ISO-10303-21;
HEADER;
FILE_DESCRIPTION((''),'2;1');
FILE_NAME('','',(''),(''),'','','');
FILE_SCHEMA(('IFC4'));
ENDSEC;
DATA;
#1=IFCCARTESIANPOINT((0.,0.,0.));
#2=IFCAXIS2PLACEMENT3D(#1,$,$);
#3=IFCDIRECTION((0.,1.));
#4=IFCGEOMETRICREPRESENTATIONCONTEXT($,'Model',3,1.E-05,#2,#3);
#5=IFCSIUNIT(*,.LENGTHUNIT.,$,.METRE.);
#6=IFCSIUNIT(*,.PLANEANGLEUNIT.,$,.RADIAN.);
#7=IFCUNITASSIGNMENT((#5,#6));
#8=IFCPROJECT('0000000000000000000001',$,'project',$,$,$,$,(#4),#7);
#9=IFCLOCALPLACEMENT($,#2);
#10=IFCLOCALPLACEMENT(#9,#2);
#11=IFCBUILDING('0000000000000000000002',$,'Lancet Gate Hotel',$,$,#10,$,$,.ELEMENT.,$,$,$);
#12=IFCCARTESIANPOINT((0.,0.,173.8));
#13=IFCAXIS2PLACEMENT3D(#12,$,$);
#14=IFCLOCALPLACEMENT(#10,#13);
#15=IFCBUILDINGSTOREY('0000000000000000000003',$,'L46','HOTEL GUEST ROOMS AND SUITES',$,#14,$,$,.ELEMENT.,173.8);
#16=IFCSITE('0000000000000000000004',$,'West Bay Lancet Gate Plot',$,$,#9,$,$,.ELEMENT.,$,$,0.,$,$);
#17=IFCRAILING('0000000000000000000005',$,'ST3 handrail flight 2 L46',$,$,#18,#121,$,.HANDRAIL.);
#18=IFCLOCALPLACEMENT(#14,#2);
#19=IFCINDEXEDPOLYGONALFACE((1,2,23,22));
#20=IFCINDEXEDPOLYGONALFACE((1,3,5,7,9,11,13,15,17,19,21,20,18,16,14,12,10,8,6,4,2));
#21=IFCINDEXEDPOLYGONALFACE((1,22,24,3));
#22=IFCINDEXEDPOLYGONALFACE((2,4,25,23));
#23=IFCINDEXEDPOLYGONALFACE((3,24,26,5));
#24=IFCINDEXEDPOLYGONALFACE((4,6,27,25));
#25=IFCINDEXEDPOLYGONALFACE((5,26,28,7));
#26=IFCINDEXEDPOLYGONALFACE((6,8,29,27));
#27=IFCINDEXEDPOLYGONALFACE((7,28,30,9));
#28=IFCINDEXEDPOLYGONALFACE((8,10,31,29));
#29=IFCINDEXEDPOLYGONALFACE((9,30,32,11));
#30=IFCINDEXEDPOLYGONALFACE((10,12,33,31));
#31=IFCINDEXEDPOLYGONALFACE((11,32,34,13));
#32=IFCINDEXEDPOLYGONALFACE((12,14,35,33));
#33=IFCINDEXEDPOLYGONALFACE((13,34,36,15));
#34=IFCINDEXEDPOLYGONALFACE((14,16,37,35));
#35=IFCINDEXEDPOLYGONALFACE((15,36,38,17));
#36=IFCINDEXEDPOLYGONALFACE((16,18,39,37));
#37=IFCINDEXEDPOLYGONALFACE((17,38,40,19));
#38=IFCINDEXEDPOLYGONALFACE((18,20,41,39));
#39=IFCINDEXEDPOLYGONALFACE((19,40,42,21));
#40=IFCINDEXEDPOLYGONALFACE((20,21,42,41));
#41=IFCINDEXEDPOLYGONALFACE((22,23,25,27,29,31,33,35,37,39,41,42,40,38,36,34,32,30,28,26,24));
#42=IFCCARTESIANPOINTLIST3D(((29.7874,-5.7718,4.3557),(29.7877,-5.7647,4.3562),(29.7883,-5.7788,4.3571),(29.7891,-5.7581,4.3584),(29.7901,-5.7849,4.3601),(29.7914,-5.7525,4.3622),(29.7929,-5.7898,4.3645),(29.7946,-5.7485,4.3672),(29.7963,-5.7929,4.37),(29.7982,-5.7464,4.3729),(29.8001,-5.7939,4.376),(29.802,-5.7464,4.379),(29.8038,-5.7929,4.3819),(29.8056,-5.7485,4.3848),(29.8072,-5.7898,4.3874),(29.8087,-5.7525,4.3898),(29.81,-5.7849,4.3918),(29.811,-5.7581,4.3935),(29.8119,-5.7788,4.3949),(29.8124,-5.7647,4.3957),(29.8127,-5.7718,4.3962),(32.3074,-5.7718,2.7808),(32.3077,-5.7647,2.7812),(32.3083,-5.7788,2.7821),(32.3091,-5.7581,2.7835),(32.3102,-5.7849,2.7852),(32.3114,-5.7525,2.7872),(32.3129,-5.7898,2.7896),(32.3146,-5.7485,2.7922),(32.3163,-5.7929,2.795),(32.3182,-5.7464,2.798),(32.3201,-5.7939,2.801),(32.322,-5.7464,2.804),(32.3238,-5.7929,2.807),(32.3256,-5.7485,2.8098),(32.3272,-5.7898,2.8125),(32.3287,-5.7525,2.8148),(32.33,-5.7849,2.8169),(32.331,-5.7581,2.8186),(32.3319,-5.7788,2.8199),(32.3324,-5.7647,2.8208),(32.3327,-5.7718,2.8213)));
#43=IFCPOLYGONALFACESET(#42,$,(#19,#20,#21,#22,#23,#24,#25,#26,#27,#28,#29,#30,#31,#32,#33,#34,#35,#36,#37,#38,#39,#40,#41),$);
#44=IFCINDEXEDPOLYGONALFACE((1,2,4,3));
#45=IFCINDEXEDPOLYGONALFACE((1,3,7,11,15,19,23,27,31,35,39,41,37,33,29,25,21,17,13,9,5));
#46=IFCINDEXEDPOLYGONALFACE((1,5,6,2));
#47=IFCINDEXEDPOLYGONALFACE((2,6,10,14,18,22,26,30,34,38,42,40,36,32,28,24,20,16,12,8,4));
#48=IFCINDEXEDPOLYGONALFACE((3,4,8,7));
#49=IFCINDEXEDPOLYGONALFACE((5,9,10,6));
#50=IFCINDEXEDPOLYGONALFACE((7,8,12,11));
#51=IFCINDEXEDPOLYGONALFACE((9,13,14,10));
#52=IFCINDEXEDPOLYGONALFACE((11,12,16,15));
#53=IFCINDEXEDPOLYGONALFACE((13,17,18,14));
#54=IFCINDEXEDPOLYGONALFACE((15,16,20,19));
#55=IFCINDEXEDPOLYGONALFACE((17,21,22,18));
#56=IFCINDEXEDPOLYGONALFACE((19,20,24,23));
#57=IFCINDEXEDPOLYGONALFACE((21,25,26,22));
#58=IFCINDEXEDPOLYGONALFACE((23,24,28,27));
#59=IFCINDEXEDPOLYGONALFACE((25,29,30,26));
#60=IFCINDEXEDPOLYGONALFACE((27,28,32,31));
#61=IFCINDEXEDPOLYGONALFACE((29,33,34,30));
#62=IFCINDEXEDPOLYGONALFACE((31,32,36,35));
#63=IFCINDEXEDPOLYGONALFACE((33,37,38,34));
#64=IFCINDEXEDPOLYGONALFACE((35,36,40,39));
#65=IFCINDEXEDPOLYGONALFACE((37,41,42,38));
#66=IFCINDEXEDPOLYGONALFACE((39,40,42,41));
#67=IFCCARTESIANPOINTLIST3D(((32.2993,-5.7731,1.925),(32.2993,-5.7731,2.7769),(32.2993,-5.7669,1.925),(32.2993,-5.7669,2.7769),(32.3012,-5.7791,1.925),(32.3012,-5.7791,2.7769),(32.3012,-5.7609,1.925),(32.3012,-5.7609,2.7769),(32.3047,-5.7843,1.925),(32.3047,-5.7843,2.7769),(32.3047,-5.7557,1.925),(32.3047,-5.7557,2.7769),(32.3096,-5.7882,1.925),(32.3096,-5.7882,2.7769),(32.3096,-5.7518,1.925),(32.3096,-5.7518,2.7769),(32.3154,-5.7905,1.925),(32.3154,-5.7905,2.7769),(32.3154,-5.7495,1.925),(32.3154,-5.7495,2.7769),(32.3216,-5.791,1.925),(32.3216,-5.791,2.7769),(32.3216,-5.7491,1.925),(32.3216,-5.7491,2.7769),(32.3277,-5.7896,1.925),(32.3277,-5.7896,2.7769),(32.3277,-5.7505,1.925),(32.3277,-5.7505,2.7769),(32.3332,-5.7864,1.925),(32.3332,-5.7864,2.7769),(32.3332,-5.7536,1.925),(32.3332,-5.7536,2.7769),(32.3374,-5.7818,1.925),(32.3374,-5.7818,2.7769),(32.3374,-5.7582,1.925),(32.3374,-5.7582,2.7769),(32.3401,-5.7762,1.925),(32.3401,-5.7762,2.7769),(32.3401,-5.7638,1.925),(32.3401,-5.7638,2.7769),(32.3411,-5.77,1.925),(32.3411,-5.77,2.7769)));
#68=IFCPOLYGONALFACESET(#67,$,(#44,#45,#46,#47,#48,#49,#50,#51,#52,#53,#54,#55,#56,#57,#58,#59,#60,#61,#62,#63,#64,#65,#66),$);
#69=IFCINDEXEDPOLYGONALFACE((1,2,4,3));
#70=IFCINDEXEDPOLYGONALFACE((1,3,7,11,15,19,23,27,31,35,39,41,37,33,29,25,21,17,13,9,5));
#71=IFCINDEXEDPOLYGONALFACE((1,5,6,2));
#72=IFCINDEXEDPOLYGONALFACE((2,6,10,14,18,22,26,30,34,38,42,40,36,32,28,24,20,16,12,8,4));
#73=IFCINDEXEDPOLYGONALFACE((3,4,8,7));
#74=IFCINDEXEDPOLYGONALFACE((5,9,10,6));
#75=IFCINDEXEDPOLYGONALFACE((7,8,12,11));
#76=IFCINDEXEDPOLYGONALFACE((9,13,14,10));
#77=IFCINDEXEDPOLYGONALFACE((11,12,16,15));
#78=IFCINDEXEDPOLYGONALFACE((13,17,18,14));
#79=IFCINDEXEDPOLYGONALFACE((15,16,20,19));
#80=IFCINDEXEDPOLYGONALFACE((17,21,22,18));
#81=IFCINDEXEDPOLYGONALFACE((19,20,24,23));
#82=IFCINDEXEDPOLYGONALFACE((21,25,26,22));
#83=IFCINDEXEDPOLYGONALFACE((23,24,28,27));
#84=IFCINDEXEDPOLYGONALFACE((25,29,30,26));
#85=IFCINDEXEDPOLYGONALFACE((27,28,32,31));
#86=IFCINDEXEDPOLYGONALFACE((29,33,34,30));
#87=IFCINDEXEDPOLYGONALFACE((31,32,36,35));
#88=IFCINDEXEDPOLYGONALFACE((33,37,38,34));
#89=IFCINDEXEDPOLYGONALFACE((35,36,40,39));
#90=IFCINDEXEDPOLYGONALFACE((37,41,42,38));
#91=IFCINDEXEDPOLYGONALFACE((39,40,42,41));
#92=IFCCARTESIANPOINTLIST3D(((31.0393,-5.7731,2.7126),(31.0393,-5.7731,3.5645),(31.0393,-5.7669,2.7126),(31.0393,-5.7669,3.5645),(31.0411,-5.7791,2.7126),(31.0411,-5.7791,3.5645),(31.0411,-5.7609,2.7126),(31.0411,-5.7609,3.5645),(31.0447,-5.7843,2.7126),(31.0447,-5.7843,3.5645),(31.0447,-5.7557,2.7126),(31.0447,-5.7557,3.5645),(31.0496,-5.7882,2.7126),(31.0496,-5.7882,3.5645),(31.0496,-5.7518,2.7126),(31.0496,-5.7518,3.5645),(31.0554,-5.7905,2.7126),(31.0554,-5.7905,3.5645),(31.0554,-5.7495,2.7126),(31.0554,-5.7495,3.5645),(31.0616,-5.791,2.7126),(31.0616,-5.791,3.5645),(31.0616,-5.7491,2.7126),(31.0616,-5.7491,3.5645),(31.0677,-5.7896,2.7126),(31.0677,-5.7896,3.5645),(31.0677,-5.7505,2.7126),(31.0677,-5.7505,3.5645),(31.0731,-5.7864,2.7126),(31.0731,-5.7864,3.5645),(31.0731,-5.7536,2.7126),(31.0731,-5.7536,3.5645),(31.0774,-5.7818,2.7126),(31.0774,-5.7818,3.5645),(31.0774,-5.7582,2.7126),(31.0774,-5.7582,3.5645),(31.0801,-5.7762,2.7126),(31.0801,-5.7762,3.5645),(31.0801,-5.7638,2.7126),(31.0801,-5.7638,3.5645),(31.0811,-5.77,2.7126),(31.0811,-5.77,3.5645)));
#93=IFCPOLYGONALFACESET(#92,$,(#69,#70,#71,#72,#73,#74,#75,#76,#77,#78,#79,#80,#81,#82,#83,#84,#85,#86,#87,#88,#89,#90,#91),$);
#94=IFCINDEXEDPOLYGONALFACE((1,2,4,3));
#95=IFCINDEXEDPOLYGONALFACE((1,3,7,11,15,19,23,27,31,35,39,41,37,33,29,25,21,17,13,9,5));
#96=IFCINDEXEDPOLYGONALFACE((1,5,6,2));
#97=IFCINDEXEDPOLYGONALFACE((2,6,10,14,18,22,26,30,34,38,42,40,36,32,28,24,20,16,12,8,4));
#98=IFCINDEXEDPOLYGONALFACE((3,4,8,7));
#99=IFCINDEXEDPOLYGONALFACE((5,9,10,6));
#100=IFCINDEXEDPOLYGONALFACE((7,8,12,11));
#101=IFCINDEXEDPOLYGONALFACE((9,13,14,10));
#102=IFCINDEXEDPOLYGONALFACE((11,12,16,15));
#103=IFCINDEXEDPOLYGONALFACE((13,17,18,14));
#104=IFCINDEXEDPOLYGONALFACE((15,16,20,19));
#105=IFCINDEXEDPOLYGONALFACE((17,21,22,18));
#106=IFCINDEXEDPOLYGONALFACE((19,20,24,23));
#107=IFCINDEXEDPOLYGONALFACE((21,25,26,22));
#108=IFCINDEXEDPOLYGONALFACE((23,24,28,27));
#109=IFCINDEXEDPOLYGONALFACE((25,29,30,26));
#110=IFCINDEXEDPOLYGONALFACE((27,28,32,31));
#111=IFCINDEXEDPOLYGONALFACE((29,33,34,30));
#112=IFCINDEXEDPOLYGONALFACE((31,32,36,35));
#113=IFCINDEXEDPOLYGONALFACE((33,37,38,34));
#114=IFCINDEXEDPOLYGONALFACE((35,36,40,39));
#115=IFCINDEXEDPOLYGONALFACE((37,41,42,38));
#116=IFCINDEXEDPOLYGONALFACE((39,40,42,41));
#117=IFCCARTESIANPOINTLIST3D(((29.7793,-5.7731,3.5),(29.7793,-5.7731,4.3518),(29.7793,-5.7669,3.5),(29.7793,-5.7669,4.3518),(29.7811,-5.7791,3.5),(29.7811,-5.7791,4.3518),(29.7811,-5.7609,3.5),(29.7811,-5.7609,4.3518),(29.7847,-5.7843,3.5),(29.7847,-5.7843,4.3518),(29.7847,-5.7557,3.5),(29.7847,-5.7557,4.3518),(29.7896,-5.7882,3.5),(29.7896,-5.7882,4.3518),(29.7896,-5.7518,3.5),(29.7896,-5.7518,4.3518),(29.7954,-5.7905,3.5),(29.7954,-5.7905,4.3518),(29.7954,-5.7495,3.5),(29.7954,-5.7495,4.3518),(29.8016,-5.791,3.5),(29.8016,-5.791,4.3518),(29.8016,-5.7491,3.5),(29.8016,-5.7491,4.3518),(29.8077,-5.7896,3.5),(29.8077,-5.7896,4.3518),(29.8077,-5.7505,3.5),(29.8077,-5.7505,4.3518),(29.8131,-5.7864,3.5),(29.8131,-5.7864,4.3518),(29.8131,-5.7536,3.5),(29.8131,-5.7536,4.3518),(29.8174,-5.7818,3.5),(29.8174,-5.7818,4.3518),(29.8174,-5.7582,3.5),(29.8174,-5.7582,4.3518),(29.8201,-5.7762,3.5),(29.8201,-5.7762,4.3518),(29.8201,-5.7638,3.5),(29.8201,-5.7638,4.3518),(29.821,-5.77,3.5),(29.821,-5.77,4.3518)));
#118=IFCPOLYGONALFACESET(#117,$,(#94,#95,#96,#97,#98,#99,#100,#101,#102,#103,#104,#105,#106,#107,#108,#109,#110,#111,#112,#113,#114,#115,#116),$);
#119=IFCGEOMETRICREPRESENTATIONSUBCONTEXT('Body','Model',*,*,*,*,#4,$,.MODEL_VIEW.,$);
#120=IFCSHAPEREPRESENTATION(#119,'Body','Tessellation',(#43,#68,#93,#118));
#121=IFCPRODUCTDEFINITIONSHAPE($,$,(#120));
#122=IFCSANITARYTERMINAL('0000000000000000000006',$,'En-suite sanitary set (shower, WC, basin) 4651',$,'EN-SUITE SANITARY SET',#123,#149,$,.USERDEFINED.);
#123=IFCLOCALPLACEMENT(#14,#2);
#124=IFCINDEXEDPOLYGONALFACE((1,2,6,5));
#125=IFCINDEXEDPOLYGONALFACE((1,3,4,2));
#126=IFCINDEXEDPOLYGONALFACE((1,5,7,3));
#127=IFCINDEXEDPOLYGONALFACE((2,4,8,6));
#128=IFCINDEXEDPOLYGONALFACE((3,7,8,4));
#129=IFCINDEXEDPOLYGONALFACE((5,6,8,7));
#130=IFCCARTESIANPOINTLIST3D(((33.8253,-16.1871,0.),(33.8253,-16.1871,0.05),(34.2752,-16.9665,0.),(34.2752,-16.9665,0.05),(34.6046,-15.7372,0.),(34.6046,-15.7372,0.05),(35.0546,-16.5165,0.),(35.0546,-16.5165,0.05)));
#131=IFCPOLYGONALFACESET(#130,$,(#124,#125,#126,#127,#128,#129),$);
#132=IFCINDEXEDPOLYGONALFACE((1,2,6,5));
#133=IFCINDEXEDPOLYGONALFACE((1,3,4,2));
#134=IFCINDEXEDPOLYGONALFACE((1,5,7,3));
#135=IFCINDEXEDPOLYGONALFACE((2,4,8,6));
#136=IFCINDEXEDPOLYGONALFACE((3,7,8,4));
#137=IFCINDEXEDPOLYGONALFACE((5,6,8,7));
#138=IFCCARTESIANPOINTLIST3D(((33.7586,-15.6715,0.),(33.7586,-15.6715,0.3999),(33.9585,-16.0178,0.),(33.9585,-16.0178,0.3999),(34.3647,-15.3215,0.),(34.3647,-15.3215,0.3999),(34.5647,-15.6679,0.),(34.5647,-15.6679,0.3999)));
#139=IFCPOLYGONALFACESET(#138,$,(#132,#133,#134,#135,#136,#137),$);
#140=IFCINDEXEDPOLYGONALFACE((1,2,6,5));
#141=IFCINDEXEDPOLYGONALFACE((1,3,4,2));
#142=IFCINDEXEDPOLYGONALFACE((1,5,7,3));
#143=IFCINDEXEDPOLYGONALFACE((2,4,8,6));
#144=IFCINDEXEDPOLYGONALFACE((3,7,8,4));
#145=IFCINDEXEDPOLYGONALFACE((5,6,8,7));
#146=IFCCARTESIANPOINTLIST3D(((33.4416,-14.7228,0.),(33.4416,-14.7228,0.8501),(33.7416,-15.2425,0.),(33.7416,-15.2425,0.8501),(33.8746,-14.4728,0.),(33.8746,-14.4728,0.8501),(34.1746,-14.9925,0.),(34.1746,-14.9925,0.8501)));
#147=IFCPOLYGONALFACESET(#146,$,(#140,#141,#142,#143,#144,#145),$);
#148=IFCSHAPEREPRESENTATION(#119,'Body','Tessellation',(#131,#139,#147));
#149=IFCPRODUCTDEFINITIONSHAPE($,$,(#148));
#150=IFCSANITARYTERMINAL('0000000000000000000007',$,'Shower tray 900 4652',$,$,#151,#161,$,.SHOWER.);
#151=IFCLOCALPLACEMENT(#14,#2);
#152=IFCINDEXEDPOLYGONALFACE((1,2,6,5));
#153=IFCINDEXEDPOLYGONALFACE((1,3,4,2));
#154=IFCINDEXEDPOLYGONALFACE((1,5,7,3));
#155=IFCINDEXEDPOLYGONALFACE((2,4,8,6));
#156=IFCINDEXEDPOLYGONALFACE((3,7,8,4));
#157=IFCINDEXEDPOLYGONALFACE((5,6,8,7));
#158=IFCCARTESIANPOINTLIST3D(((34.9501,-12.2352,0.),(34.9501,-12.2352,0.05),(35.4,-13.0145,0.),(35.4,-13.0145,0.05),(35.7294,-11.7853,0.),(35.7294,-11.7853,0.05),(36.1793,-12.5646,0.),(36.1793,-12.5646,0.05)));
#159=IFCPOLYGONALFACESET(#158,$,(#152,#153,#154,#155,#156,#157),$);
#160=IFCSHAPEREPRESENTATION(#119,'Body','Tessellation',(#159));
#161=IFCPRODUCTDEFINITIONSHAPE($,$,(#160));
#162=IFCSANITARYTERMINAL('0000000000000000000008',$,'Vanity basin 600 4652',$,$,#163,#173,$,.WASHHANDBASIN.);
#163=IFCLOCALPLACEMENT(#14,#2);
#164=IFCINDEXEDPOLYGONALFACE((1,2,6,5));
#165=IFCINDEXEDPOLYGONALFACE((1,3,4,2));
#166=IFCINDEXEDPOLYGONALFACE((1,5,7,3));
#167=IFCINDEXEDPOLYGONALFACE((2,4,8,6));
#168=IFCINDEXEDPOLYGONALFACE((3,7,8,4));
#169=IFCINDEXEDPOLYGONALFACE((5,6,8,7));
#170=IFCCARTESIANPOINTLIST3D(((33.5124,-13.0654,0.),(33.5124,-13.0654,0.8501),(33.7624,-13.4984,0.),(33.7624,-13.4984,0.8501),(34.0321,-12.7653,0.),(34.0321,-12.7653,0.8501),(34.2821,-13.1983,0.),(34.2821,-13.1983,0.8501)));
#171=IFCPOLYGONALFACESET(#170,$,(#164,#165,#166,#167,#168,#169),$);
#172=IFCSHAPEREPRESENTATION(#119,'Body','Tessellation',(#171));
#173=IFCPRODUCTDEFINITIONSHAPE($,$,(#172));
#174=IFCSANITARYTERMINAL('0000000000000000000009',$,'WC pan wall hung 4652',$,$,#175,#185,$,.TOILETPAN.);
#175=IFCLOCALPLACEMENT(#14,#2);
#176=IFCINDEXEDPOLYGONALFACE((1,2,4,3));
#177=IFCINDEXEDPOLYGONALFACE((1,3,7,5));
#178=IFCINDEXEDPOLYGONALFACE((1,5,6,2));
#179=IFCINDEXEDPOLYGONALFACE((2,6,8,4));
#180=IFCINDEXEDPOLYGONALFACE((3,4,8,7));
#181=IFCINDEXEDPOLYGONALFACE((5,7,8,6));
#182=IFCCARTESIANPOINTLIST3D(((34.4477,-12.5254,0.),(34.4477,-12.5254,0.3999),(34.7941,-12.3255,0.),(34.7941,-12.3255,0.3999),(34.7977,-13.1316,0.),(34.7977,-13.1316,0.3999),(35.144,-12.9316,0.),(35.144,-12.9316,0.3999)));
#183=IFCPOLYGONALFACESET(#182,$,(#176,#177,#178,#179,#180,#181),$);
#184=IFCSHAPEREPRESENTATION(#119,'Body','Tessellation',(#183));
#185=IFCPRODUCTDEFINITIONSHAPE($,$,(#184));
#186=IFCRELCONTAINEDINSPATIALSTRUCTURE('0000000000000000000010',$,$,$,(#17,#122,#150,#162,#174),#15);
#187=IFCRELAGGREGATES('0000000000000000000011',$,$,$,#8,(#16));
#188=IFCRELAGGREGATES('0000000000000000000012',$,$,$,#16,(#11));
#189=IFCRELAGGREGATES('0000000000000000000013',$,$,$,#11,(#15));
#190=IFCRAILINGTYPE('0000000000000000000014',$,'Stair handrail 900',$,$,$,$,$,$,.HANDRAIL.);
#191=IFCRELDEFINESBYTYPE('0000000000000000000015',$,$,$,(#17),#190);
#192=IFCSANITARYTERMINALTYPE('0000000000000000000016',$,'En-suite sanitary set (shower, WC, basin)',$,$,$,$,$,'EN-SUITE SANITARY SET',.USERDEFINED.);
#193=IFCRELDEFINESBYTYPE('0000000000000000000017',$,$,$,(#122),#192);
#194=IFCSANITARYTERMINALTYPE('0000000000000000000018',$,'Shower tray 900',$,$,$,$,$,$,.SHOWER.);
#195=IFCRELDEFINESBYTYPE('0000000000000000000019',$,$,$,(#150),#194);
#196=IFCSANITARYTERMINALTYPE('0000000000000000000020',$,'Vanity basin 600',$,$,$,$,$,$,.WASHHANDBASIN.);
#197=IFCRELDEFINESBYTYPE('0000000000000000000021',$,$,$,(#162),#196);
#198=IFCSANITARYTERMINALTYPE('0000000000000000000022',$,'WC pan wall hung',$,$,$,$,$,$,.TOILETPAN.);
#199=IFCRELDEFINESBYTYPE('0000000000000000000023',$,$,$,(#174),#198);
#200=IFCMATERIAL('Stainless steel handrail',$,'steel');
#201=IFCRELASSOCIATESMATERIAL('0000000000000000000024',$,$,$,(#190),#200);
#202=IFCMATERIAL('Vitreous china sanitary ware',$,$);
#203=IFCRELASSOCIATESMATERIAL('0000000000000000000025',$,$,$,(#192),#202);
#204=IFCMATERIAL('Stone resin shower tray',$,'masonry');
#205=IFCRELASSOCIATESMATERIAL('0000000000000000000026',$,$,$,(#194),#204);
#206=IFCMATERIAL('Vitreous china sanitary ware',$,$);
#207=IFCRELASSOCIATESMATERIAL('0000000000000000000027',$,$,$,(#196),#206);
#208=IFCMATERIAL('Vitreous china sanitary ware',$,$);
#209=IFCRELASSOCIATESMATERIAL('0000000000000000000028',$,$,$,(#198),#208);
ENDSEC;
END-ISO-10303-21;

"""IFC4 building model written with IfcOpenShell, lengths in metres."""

from ifc_helpers import new_model, si_unit, direction, frame, origin, origin_2d, place, context, subcontext, project, spatial, rectangle, circle, extrude, material, type_object, element, save


model = new_model("IFC4")

# Units and contexts
model_context = context("Model", 3, precision=1e-05, world=origin(), true_north=direction((0.0, 1.0)))
body_context = subcontext(model_context, "Body", "Model", "MODEL_VIEW")
ifc_project = project(units=[si_unit("LENGTHUNIT", "METRE"), si_unit("PLANEANGLEUNIT", "RADIAN")], contexts=[model_context])

# Site, building, storey
site_placement = place(None, origin())
site = spatial("IfcSite", under=ifc_project, at=site_placement, Name="West Bay Lancet Gate Plot", CompositionType="ELEMENT", RefElevation=0.0)
building_placement = place(site_placement, origin())
building = spatial("IfcBuilding", under=site, at=building_placement, Name="Lancet Gate Hotel", CompositionType="ELEMENT")
storey_placement = place(building_placement, frame((0.0, 0.0, 173.8)))
storey = spatial("IfcBuildingStorey", under=building, at=storey_placement, Name="L46", Description="HOTEL GUEST ROOMS AND SUITES", CompositionType="ELEMENT", Elevation=173.8)

# Railing
ifc_material_1 = material(Name="Stainless steel handrail", Category="steel")
railing_type = type_object("IfcRailingType", Name="Stair handrail 900", PredefinedType="HANDRAIL", material=ifc_material_1)
railing_placement = place(storey_placement, frame((32.3201, -5.77, 1.925)))
element("IfcRailing", 1, at=railing_placement, inside=storey, type_object=railing_type, Name="ST3 handrail flight 2 L46", PredefinedType="HANDRAIL", context=body_context, shape_type="SweptSolid", body=[
    extrude(circle(Radius=0.0239, at=origin_2d()), frame((0.0, 0.0, 0.876), z_axis=(-0.848008, 0.0, 0.529984), x_axis=(0.0, -1.0, 0.0)), (0.0, 0.0, 1.0), 2.9717),
    extrude(circle(Radius=0.021, at=origin_2d()), origin(), (0.0, 0.0, 1.0), 0.8518),
    extrude(circle(Radius=0.021, at=origin_2d()), frame((-1.26, 0.0, 0.7876)), (0.0, 0.0, 1.0), 0.8518),
    extrude(circle(Radius=0.021, at=origin_2d()), frame((-2.52, 0.0, 1.575)), (0.0, 0.0, 1.0), 0.8518),
])

# Sanitary terminals
ifc_material_2 = material(Name="Vitreous china sanitary ware")
sanitary_terminal_type_1 = type_object("IfcSanitaryTerminalType", Name="En-suite sanitary set (shower, WC, basin)", ElementType="EN-SUITE SANITARY SET", PredefinedType="USERDEFINED", material=ifc_material_2)
sanitary_terminal_1_placement = place(storey_placement, frame((34.4399, -16.3518, 0.0), z_axis=(0.0, 0.0, 1.0), x_axis=(1.0, 0.0, 0.0)))
element("IfcSanitaryTerminal", 2, at=sanitary_terminal_1_placement, inside=storey, type_object=sanitary_terminal_type_1, Name="En-suite sanitary set (shower, WC, basin) 4651", ObjectType="EN-SUITE SANITARY SET", PredefinedType="USERDEFINED", context=body_context, shape_type="SweptSolid", body=[
    extrude(rectangle(XDim=0.8999, YDim=0.8999, at=origin_2d()), frame((0.0, 0.0, 0.0), z_axis=(0.0, 0.0, 1.0), x_axis=(0.5, -0.866025, 0.0)), (0.0, 0.0, 1.0), 0.05),
    extrude(rectangle(XDim=0.3999, YDim=0.7, at=origin_2d()), frame((-0.2783, 0.6821, 0.0), z_axis=(0.0, 0.0, 1.0), x_axis=(0.5, -0.866025, 0.0)), (0.0, 0.0, 1.0), 0.3999),
    extrude(rectangle(XDim=0.6001, YDim=0.5, at=origin_2d()), frame((-0.6318, 1.4941, 0.0), z_axis=(0.0, 0.0, 1.0), x_axis=(0.5, -0.866025, 0.0)), (0.0, 0.0, 1.0), 0.8501),
])
ifc_material_3 = material(Name="Stone resin shower tray", Category="masonry")
sanitary_terminal_type_2 = type_object("IfcSanitaryTerminalType", Name="Shower tray 900", PredefinedType="SHOWER", material=ifc_material_3)
sanitary_terminal_2_placement = place(storey_placement, frame((35.5647, -12.3999, 0.0), z_axis=(0.0, 0.0, 1.0), x_axis=(0.866025, 0.5, 0.0)))
element("IfcSanitaryTerminal", 3, at=sanitary_terminal_2_placement, inside=storey, type_object=sanitary_terminal_type_2, Name="Shower tray 900 4652", PredefinedType="SHOWER", context=body_context, shape_type="SweptSolid", body=[
    extrude(rectangle(XDim=0.8999, YDim=0.8999, at=origin_2d()), origin(), (0.0, 0.0, 1.0), 0.05),
])
ifc_material_4 = material(Name="Vitreous china sanitary ware")
sanitary_terminal_type_3 = type_object("IfcSanitaryTerminalType", Name="Vanity basin 600", PredefinedType="WASHHANDBASIN", material=ifc_material_4)
sanitary_terminal_3_placement = place(storey_placement, frame((33.8972, -13.1318, 0.0), z_axis=(0.0, 0.0, 1.0), x_axis=(0.866025, 0.5, 0.0)))
element("IfcSanitaryTerminal", 4, at=sanitary_terminal_3_placement, inside=storey, type_object=sanitary_terminal_type_3, Name="Vanity basin 600 4652", PredefinedType="WASHHANDBASIN", context=body_context, shape_type="SweptSolid", body=[
    extrude(rectangle(XDim=0.6001, YDim=0.5, at=origin_2d()), origin(), (0.0, 0.0, 1.0), 0.8501),
])
ifc_material_5 = material(Name="Vitreous china sanitary ware")
sanitary_terminal_type_4 = type_object("IfcSanitaryTerminalType", Name="WC pan wall hung", PredefinedType="TOILETPAN", material=ifc_material_5)
sanitary_terminal_4_placement = place(storey_placement, frame((34.7959, -12.7285, 0.0), z_axis=(0.0, 0.0, 1.0), x_axis=(0.866025, 0.5, 0.0)))
element("IfcSanitaryTerminal", 5, at=sanitary_terminal_4_placement, inside=storey, type_object=sanitary_terminal_type_4, Name="WC pan wall hung 4652", PredefinedType="TOILETPAN", context=body_context, shape_type="SweptSolid", body=[
    extrude(rectangle(XDim=0.3999, YDim=0.7, at=origin_2d()), origin(), (0.0, 0.0, 1.0), 0.3999),
])

save(model, "model.ifc")
